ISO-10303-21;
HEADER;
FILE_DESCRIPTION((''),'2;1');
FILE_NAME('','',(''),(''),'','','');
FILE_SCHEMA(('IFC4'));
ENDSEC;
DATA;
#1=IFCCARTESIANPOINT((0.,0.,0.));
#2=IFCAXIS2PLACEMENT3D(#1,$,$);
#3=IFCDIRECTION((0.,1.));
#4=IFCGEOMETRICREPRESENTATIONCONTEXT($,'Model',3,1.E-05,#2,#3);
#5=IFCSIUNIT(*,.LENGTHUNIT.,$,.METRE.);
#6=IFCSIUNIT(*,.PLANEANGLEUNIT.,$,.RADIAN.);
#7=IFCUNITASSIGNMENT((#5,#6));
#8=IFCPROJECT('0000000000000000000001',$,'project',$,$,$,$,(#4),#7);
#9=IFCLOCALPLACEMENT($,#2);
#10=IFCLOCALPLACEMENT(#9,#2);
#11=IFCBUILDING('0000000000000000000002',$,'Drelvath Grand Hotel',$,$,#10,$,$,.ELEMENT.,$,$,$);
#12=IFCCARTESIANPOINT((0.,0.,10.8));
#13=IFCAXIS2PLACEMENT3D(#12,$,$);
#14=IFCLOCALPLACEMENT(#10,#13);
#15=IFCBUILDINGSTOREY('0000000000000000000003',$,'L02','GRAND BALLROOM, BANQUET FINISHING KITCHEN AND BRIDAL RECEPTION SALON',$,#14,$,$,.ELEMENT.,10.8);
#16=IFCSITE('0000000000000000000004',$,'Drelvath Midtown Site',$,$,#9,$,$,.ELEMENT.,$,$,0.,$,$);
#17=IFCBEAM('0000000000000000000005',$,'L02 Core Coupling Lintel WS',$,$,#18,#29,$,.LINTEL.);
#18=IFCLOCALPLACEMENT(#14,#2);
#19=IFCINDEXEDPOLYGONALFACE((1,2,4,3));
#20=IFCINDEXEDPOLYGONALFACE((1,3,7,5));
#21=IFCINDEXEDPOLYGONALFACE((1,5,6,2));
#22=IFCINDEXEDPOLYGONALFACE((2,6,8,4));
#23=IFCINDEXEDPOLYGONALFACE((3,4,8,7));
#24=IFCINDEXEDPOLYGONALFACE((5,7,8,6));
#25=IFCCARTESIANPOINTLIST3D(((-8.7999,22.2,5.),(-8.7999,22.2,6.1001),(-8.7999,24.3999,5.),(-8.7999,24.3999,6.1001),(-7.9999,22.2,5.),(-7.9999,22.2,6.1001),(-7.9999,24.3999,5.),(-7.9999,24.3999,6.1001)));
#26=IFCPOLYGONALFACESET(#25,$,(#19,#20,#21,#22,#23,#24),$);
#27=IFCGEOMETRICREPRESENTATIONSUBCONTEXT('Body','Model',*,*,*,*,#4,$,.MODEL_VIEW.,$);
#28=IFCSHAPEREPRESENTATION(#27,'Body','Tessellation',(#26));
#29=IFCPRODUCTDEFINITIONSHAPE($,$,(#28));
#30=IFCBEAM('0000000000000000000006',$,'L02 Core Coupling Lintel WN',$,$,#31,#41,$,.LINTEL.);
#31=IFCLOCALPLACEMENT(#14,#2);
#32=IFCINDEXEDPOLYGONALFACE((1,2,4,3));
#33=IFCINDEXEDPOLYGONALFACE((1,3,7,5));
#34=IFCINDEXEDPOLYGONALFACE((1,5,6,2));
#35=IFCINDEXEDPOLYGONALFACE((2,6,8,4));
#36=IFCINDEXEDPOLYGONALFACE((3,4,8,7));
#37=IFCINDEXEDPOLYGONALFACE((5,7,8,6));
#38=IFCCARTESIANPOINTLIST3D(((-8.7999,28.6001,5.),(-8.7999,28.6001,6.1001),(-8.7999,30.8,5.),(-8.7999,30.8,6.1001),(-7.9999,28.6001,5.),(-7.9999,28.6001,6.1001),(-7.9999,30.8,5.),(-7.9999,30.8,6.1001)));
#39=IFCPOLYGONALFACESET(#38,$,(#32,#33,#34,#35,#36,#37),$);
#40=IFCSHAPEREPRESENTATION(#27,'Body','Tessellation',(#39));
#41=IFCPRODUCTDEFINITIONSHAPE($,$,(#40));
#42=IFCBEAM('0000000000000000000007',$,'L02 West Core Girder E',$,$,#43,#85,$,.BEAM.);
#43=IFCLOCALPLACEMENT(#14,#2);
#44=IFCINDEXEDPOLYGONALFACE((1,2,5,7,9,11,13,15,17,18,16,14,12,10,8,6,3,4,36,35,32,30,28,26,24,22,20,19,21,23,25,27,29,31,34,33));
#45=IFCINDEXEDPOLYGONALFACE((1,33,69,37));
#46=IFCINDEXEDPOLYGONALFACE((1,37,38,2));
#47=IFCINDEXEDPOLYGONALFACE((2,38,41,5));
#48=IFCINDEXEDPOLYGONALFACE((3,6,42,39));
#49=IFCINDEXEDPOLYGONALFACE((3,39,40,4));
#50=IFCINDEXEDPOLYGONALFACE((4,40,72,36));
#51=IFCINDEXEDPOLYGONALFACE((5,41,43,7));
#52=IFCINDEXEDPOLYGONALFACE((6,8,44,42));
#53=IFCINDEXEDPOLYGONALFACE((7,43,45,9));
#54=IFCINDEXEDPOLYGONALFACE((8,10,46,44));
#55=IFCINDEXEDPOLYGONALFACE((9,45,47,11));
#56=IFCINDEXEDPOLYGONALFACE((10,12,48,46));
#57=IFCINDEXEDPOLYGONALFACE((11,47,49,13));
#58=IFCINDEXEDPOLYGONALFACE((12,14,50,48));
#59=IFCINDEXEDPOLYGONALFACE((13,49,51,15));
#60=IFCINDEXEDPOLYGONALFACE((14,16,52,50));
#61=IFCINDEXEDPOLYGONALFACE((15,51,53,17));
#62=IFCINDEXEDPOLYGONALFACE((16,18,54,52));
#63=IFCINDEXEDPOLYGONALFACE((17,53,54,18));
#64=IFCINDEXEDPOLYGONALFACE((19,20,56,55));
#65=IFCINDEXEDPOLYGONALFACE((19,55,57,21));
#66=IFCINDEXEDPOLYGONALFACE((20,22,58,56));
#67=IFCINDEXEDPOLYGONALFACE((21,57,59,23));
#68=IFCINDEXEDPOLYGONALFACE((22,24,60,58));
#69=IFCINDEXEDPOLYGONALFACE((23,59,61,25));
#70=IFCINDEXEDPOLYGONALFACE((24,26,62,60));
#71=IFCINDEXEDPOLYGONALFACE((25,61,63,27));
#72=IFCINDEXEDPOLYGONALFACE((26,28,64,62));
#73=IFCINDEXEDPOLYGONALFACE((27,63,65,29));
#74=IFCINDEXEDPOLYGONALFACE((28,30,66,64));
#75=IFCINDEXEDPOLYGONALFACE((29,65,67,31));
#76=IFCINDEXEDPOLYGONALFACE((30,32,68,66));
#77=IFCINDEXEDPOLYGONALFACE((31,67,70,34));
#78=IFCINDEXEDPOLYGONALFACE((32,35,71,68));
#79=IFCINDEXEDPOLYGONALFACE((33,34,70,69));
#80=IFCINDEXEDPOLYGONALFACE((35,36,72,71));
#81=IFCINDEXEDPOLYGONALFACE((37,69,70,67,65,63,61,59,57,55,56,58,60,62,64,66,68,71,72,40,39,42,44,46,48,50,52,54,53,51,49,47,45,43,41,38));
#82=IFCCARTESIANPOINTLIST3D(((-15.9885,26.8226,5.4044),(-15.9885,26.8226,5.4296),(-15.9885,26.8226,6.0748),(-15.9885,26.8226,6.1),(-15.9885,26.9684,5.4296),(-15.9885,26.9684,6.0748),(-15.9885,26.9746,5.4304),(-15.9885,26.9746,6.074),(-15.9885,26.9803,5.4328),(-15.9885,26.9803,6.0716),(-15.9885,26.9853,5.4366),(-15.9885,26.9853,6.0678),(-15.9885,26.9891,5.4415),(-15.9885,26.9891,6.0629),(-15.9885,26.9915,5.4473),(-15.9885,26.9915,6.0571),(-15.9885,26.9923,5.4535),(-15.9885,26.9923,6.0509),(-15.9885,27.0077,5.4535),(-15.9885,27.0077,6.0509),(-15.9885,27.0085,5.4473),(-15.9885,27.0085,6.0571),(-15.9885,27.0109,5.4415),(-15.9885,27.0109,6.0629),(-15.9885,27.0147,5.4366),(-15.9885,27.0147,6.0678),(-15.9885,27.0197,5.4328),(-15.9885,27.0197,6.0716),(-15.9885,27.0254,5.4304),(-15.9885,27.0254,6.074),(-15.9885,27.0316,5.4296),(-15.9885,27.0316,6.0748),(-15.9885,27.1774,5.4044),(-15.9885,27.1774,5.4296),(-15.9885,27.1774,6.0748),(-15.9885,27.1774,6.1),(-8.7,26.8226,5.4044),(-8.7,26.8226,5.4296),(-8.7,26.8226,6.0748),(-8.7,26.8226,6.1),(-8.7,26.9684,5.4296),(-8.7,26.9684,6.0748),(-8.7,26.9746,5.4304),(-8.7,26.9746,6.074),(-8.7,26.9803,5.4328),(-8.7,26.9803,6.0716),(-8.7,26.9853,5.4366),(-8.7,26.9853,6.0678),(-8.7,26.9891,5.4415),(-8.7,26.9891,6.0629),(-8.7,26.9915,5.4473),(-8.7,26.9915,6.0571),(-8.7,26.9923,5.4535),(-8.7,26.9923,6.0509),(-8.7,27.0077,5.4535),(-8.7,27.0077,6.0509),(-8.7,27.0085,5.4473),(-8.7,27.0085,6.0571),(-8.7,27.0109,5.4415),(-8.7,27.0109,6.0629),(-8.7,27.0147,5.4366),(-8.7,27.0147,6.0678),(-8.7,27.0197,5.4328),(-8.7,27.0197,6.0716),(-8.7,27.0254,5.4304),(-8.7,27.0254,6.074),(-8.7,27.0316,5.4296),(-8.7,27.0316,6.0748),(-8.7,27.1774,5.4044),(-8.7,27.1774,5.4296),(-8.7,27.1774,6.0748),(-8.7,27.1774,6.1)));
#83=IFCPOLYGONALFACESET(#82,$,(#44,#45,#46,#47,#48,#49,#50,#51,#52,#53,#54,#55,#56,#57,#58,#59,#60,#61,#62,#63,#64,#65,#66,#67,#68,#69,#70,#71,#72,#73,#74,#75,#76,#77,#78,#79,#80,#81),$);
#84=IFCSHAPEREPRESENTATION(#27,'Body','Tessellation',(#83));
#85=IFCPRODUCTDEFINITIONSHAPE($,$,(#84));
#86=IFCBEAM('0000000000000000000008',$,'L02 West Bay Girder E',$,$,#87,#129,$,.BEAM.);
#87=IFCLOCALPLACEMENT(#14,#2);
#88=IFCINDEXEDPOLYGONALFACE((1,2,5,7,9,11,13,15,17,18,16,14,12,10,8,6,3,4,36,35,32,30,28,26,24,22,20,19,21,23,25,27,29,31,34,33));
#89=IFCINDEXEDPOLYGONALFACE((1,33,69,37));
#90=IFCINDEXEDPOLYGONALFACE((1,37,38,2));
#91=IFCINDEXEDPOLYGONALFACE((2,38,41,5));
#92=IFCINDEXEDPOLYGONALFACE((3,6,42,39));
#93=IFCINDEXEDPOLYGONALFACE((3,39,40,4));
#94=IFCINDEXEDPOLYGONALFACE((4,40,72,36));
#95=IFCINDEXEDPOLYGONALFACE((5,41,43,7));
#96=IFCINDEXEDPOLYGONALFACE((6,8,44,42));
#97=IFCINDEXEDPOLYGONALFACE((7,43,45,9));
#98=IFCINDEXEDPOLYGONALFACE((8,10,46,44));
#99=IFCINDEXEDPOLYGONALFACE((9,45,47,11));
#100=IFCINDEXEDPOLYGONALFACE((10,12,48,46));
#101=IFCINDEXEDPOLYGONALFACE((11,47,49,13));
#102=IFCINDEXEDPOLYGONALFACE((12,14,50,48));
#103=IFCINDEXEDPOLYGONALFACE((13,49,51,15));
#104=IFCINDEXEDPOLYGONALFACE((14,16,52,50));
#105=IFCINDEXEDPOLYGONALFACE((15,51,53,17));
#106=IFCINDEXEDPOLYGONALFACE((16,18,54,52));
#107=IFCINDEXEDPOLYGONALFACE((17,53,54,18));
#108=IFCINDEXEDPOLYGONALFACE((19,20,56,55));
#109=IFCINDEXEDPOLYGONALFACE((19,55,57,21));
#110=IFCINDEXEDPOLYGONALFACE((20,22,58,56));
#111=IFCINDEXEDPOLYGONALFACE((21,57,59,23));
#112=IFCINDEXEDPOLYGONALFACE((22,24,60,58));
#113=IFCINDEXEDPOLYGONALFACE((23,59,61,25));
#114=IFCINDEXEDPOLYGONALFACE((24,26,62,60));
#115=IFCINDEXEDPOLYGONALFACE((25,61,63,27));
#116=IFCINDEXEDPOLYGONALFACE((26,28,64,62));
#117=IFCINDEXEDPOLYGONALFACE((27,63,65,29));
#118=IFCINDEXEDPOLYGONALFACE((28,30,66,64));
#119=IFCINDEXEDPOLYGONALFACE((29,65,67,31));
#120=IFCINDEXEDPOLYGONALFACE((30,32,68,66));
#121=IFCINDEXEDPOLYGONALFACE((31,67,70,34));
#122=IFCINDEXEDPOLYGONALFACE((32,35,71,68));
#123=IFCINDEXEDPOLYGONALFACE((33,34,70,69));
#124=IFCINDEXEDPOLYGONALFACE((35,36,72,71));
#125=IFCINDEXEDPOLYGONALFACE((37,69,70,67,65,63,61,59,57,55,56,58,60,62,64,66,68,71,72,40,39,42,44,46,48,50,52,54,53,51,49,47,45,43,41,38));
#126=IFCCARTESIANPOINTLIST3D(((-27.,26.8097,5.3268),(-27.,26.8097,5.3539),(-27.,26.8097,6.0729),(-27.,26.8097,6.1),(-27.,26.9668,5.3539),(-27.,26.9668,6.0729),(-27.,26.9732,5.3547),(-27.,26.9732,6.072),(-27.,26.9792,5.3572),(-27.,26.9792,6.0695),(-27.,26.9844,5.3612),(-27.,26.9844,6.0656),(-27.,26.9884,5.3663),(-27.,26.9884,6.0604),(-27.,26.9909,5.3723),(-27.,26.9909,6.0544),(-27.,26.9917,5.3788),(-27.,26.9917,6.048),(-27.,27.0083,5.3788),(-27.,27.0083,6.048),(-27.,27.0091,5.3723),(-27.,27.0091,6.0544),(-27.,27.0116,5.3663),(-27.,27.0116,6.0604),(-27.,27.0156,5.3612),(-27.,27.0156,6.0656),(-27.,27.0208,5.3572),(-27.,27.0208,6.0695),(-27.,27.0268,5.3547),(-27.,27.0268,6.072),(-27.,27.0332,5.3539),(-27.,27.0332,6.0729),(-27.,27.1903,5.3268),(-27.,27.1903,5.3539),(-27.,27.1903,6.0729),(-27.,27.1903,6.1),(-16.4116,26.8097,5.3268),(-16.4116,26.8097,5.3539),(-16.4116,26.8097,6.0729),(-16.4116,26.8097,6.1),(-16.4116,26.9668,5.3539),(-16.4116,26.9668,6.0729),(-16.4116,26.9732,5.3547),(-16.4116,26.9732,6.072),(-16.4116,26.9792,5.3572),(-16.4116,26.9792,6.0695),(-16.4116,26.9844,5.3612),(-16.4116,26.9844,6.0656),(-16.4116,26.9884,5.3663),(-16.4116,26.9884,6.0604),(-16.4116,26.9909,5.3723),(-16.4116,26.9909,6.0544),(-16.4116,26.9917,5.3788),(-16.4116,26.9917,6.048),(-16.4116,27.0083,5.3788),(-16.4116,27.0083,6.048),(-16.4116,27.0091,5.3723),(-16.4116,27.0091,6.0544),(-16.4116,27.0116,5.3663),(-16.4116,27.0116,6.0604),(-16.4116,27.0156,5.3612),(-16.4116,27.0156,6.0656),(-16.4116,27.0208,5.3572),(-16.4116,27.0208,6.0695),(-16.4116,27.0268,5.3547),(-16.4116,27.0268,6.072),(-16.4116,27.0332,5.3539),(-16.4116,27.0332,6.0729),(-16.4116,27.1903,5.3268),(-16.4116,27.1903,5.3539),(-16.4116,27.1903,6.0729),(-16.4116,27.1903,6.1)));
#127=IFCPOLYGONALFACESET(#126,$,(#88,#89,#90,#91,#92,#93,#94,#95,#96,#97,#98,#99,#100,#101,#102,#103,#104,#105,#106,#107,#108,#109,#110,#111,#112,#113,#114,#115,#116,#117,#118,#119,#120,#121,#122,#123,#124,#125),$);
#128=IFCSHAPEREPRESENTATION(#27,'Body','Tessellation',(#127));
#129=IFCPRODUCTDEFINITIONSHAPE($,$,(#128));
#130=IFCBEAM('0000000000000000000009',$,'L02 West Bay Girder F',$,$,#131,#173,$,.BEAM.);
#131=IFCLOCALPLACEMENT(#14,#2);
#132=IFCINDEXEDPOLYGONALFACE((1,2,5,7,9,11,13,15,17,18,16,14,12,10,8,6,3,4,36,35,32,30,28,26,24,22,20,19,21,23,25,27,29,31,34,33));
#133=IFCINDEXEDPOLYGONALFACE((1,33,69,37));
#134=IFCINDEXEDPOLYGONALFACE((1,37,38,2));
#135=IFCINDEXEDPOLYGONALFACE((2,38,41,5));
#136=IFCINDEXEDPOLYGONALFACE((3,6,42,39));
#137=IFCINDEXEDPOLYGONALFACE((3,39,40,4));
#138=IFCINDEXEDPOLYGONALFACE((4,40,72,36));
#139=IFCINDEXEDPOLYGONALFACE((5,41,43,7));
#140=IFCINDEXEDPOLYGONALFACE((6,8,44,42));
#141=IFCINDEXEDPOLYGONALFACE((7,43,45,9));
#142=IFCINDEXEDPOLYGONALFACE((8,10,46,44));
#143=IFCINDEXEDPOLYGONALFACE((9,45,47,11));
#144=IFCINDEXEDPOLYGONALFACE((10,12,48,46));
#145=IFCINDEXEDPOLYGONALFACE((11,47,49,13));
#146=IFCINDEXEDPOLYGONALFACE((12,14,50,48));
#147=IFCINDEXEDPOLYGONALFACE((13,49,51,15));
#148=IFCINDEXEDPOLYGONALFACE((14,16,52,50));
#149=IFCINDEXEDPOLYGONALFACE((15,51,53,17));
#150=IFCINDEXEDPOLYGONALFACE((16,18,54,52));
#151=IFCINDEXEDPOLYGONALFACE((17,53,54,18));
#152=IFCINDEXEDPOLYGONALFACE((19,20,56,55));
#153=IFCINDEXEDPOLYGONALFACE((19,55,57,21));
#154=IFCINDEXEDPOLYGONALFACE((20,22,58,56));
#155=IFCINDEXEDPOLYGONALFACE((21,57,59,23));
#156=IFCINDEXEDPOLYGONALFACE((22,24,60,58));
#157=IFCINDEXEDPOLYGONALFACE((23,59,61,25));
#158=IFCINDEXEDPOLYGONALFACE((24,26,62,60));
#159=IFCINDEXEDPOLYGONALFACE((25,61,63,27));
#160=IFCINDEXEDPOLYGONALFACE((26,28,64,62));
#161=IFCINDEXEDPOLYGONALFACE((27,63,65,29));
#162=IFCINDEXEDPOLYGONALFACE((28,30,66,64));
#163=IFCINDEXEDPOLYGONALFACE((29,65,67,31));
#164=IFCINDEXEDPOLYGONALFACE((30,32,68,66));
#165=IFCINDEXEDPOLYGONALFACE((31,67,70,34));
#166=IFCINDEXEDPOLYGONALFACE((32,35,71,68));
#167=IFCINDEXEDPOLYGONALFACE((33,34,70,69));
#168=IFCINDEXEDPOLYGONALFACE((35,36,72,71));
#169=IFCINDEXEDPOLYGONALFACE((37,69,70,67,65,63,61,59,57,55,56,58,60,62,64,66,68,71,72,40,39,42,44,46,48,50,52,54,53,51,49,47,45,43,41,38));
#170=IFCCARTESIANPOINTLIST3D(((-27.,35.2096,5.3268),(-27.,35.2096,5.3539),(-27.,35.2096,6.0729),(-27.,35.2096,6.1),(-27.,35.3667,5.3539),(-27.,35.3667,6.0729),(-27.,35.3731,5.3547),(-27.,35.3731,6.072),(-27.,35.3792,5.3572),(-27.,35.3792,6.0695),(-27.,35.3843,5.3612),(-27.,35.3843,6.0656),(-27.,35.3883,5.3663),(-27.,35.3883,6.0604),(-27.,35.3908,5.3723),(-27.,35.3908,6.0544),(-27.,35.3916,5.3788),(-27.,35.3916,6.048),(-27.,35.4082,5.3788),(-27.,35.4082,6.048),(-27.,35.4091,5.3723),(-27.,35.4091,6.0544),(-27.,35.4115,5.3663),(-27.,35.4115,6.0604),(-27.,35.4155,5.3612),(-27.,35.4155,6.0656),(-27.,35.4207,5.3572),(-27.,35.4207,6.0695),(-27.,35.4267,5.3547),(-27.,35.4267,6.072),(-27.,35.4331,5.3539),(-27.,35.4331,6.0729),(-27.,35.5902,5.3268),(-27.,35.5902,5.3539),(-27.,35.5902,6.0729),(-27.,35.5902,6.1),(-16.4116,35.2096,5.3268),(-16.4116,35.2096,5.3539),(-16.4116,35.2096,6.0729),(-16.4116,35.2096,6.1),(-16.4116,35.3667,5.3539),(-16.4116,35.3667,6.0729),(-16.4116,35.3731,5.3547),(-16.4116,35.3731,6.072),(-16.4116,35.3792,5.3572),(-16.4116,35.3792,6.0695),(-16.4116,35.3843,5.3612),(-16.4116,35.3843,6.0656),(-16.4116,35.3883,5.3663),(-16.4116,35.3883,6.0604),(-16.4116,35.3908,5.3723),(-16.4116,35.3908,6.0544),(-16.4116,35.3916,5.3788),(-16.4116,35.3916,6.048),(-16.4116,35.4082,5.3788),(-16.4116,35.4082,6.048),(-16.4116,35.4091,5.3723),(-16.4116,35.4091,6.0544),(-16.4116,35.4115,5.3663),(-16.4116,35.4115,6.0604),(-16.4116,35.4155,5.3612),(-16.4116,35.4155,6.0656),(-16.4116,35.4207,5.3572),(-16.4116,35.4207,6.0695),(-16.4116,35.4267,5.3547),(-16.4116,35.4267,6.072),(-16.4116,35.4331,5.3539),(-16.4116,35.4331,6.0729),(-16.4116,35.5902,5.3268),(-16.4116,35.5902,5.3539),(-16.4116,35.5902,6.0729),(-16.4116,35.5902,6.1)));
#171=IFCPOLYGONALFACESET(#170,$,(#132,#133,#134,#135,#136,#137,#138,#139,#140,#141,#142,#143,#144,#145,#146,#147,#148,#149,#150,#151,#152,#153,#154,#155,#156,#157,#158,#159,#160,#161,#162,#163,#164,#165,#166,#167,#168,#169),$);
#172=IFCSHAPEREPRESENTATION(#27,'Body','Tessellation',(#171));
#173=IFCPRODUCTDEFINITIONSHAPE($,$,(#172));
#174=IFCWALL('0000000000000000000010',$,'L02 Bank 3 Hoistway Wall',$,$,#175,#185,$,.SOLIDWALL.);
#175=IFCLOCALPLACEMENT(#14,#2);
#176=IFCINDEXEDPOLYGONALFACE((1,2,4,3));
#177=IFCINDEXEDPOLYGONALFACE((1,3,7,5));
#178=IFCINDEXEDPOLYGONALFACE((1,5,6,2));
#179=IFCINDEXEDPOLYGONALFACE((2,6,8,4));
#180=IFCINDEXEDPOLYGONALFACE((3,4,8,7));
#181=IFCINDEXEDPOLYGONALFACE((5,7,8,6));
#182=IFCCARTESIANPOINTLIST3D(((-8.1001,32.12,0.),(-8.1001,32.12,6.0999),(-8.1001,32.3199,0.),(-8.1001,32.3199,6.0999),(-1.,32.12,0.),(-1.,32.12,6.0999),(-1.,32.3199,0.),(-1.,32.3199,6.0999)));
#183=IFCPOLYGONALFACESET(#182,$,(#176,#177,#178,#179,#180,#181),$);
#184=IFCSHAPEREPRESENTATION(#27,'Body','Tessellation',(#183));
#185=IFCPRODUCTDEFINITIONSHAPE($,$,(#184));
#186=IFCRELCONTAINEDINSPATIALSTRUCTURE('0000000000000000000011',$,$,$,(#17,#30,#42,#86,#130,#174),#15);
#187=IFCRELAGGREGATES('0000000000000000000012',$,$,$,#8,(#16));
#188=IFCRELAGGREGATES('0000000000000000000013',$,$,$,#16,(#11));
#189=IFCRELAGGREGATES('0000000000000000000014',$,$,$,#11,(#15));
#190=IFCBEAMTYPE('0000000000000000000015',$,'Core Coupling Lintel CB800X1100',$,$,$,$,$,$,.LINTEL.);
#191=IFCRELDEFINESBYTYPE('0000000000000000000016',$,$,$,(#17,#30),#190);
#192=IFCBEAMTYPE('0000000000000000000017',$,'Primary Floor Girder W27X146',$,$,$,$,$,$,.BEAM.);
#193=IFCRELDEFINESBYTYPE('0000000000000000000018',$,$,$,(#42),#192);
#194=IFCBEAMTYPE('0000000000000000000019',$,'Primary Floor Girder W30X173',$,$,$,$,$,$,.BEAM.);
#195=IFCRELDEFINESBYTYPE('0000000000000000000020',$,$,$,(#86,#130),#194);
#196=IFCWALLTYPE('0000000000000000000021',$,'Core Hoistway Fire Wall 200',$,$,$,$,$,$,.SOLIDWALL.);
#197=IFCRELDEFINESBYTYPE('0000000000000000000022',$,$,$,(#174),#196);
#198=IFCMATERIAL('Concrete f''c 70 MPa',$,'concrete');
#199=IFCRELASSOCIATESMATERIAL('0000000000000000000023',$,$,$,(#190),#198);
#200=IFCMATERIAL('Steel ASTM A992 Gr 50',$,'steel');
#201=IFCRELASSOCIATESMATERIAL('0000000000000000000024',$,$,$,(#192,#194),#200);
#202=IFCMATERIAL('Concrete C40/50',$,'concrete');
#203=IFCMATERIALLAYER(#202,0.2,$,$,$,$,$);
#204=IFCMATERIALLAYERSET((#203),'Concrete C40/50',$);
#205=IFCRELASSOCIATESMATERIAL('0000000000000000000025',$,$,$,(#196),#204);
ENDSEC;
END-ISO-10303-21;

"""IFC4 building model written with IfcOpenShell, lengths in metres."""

from ifc_helpers import new_model, si_unit, direction, frame, frame_2d, origin, origin_2d, place, context, subcontext, project, spatial, rectangle, i_section, extrude, material, layer, layer_set, material_profile, profile_set, type_object, element, save


model = new_model("IFC4")

# Units and contexts
model_context = context("Model", 3, precision=1e-05, world=origin(), true_north=direction((0.0, 1.0)))
body_context = subcontext(model_context, "Body", "Model", "MODEL_VIEW")
ifc_project = project(units=[si_unit("LENGTHUNIT", "METRE"), si_unit("PLANEANGLEUNIT", "RADIAN")], contexts=[model_context])

# Site, building, storey
site_placement = place(None, origin())
site = spatial("IfcSite", under=ifc_project, at=site_placement, Name="Drelvath Midtown Site", CompositionType="ELEMENT", RefElevation=0.0)
building_placement = place(site_placement, origin())
building = spatial("IfcBuilding", under=site, at=building_placement, Name="Drelvath Grand Hotel", CompositionType="ELEMENT")
storey_placement = place(building_placement, frame((0.0, 0.0, 10.8)))
storey = spatial("IfcBuildingStorey", under=building, at=storey_placement, Name="L02", Description="GRAND BALLROOM, BANQUET FINISHING KITCHEN AND BRIDAL RECEPTION SALON", CompositionType="ELEMENT", Elevation=10.8)

# Beams
ifc_material_1 = material(Name="Steel ASTM A992 Gr 50", Category="steel")
ifc_material_2 = material(Name="Concrete f'c 70 MPa", Category="concrete")
ifc_material_profile_1 = material_profile(ifc_material_2, rectangle(XDim=0.8, YDim=1.1001, at=origin_2d()), Name="CB800X1100")
ifc_profile_set_1 = profile_set([ifc_material_profile_1], Name="Concrete f'c 70 MPa")
beam_type_1 = type_object("IfcBeamType", Name="Core Coupling Lintel CB800X1100", PredefinedType="LINTEL", material=ifc_profile_set_1)
for number, where, z_axis, x_axis, name in (
    (1, (-8.3999, 22.2, 5.55), (0.0, 1.0, 0.0), (-1.0, 0.0, 0.0), "L02 Core Coupling Lintel WS"),
    (2, (-8.3999, 28.6001, 5.55), (0.0, 1.0, 0.0), (-1.0, 0.0, 0.0), "L02 Core Coupling Lintel WN"),
):
    element("IfcBeam", number, at=place(storey_placement, frame(where, z_axis=z_axis, x_axis=x_axis)), inside=storey, type_object=beam_type_1, Name=name, PredefinedType="LINTEL", context=body_context, shape_type="SweptSolid", body=[
        extrude(rectangle(XDim=0.8, YDim=1.1001, at=origin_2d()), origin(), (0.0, 0.0, 1.0), 2.2),
    ])
ifc_material_profile_2 = material_profile(ifc_material_1, i_section(OverallWidth=0.3547, OverallDepth=0.6956, WebThickness=0.0154, FlangeThickness=0.0251, FilletRadius=0.0239, at=origin_2d()), Name="W27X146")
ifc_profile_set_2 = profile_set([ifc_material_profile_2], Name="Steel ASTM A992 Gr 50")
beam_type_2 = type_object("IfcBeamType", Name="Primary Floor Girder W27X146", PredefinedType="BEAM", material=ifc_profile_set_2)
beam_placement = place(storey_placement, frame((-15.9885, 27.0, 5.7522), z_axis=(1.0, 0.0, 0.0), x_axis=(0.0, 1.0, 0.0)))
element("IfcBeam", 3, at=beam_placement, inside=storey, type_object=beam_type_2, Name="L02 West Core Girder E", PredefinedType="BEAM", context=body_context, shape_type="SweptSolid", body=[
    extrude(i_section(OverallWidth=0.3547, OverallDepth=0.6956, WebThickness=0.0154, FlangeThickness=0.0251, FilletRadius=0.0239, at=origin_2d()), origin(), (0.0, 0.0, 1.0), 7.2886),
])
ifc_material_profile_3 = material_profile(ifc_material_1, i_section(OverallWidth=0.3806, OverallDepth=0.7732, WebThickness=0.0166, FlangeThickness=0.0271, FilletRadius=0.0249, at=origin_2d()), Name="W30X173")
ifc_profile_set_3 = profile_set([ifc_material_profile_3], Name="Steel ASTM A992 Gr 50")
beam_type_3 = type_object("IfcBeamType", Name="Primary Floor Girder W30X173", PredefinedType="BEAM", material=ifc_profile_set_3)
for number, where, z_axis, x_axis, name in (
    (4, (-27.0, 27.0, 5.7134), (1.0, 0.0, 0.0), (0.0, 1.0, 0.0), "L02 West Bay Girder E"),
    (5, (-27.0, 35.3999, 5.7134), (1.0, 0.0, 0.0), (0.0, 1.0, 0.0), "L02 West Bay Girder F"),
):
    element("IfcBeam", number, at=place(storey_placement, frame(where, z_axis=z_axis, x_axis=x_axis)), inside=storey, type_object=beam_type_3, Name=name, PredefinedType="BEAM", context=body_context, shape_type="SweptSolid", body=[
        extrude(i_section(OverallWidth=0.3806, OverallDepth=0.7732, WebThickness=0.0166, FlangeThickness=0.0271, FilletRadius=0.0249, at=origin_2d()), origin(), (0.0, 0.0, 1.0), 10.5884),
    ])

# Wall
ifc_material_3 = material(Name="Concrete C40/50", Category="concrete")
ifc_layer_1 = layer(ifc_material_3, 0.2)
ifc_layer_set_1 = layer_set([ifc_layer_1], Name="Concrete C40/50")
wall_type_1 = type_object("IfcWallType", Name="Core Hoistway Fire Wall 200", PredefinedType="SOLIDWALL", material=ifc_layer_set_1)
wall_1_placement = place(storey_placement, frame((-8.1001, 32.22, 0.0), z_axis=(0.0, 0.0, 1.0), x_axis=(1.0, 0.0, 0.0)))
element("IfcWall", 6, at=wall_1_placement, inside=storey, type_object=wall_type_1, Name="L02 Bank 3 Hoistway Wall", PredefinedType="SOLIDWALL", context=body_context, shape_type="SweptSolid", body=[
    extrude(rectangle(XDim=7.1001, YDim=0.2, at=frame_2d((3.55, 0.0))), origin(), (0.0, 0.0, 1.0), 6.0999),
])

save(model, "model.ifc")
